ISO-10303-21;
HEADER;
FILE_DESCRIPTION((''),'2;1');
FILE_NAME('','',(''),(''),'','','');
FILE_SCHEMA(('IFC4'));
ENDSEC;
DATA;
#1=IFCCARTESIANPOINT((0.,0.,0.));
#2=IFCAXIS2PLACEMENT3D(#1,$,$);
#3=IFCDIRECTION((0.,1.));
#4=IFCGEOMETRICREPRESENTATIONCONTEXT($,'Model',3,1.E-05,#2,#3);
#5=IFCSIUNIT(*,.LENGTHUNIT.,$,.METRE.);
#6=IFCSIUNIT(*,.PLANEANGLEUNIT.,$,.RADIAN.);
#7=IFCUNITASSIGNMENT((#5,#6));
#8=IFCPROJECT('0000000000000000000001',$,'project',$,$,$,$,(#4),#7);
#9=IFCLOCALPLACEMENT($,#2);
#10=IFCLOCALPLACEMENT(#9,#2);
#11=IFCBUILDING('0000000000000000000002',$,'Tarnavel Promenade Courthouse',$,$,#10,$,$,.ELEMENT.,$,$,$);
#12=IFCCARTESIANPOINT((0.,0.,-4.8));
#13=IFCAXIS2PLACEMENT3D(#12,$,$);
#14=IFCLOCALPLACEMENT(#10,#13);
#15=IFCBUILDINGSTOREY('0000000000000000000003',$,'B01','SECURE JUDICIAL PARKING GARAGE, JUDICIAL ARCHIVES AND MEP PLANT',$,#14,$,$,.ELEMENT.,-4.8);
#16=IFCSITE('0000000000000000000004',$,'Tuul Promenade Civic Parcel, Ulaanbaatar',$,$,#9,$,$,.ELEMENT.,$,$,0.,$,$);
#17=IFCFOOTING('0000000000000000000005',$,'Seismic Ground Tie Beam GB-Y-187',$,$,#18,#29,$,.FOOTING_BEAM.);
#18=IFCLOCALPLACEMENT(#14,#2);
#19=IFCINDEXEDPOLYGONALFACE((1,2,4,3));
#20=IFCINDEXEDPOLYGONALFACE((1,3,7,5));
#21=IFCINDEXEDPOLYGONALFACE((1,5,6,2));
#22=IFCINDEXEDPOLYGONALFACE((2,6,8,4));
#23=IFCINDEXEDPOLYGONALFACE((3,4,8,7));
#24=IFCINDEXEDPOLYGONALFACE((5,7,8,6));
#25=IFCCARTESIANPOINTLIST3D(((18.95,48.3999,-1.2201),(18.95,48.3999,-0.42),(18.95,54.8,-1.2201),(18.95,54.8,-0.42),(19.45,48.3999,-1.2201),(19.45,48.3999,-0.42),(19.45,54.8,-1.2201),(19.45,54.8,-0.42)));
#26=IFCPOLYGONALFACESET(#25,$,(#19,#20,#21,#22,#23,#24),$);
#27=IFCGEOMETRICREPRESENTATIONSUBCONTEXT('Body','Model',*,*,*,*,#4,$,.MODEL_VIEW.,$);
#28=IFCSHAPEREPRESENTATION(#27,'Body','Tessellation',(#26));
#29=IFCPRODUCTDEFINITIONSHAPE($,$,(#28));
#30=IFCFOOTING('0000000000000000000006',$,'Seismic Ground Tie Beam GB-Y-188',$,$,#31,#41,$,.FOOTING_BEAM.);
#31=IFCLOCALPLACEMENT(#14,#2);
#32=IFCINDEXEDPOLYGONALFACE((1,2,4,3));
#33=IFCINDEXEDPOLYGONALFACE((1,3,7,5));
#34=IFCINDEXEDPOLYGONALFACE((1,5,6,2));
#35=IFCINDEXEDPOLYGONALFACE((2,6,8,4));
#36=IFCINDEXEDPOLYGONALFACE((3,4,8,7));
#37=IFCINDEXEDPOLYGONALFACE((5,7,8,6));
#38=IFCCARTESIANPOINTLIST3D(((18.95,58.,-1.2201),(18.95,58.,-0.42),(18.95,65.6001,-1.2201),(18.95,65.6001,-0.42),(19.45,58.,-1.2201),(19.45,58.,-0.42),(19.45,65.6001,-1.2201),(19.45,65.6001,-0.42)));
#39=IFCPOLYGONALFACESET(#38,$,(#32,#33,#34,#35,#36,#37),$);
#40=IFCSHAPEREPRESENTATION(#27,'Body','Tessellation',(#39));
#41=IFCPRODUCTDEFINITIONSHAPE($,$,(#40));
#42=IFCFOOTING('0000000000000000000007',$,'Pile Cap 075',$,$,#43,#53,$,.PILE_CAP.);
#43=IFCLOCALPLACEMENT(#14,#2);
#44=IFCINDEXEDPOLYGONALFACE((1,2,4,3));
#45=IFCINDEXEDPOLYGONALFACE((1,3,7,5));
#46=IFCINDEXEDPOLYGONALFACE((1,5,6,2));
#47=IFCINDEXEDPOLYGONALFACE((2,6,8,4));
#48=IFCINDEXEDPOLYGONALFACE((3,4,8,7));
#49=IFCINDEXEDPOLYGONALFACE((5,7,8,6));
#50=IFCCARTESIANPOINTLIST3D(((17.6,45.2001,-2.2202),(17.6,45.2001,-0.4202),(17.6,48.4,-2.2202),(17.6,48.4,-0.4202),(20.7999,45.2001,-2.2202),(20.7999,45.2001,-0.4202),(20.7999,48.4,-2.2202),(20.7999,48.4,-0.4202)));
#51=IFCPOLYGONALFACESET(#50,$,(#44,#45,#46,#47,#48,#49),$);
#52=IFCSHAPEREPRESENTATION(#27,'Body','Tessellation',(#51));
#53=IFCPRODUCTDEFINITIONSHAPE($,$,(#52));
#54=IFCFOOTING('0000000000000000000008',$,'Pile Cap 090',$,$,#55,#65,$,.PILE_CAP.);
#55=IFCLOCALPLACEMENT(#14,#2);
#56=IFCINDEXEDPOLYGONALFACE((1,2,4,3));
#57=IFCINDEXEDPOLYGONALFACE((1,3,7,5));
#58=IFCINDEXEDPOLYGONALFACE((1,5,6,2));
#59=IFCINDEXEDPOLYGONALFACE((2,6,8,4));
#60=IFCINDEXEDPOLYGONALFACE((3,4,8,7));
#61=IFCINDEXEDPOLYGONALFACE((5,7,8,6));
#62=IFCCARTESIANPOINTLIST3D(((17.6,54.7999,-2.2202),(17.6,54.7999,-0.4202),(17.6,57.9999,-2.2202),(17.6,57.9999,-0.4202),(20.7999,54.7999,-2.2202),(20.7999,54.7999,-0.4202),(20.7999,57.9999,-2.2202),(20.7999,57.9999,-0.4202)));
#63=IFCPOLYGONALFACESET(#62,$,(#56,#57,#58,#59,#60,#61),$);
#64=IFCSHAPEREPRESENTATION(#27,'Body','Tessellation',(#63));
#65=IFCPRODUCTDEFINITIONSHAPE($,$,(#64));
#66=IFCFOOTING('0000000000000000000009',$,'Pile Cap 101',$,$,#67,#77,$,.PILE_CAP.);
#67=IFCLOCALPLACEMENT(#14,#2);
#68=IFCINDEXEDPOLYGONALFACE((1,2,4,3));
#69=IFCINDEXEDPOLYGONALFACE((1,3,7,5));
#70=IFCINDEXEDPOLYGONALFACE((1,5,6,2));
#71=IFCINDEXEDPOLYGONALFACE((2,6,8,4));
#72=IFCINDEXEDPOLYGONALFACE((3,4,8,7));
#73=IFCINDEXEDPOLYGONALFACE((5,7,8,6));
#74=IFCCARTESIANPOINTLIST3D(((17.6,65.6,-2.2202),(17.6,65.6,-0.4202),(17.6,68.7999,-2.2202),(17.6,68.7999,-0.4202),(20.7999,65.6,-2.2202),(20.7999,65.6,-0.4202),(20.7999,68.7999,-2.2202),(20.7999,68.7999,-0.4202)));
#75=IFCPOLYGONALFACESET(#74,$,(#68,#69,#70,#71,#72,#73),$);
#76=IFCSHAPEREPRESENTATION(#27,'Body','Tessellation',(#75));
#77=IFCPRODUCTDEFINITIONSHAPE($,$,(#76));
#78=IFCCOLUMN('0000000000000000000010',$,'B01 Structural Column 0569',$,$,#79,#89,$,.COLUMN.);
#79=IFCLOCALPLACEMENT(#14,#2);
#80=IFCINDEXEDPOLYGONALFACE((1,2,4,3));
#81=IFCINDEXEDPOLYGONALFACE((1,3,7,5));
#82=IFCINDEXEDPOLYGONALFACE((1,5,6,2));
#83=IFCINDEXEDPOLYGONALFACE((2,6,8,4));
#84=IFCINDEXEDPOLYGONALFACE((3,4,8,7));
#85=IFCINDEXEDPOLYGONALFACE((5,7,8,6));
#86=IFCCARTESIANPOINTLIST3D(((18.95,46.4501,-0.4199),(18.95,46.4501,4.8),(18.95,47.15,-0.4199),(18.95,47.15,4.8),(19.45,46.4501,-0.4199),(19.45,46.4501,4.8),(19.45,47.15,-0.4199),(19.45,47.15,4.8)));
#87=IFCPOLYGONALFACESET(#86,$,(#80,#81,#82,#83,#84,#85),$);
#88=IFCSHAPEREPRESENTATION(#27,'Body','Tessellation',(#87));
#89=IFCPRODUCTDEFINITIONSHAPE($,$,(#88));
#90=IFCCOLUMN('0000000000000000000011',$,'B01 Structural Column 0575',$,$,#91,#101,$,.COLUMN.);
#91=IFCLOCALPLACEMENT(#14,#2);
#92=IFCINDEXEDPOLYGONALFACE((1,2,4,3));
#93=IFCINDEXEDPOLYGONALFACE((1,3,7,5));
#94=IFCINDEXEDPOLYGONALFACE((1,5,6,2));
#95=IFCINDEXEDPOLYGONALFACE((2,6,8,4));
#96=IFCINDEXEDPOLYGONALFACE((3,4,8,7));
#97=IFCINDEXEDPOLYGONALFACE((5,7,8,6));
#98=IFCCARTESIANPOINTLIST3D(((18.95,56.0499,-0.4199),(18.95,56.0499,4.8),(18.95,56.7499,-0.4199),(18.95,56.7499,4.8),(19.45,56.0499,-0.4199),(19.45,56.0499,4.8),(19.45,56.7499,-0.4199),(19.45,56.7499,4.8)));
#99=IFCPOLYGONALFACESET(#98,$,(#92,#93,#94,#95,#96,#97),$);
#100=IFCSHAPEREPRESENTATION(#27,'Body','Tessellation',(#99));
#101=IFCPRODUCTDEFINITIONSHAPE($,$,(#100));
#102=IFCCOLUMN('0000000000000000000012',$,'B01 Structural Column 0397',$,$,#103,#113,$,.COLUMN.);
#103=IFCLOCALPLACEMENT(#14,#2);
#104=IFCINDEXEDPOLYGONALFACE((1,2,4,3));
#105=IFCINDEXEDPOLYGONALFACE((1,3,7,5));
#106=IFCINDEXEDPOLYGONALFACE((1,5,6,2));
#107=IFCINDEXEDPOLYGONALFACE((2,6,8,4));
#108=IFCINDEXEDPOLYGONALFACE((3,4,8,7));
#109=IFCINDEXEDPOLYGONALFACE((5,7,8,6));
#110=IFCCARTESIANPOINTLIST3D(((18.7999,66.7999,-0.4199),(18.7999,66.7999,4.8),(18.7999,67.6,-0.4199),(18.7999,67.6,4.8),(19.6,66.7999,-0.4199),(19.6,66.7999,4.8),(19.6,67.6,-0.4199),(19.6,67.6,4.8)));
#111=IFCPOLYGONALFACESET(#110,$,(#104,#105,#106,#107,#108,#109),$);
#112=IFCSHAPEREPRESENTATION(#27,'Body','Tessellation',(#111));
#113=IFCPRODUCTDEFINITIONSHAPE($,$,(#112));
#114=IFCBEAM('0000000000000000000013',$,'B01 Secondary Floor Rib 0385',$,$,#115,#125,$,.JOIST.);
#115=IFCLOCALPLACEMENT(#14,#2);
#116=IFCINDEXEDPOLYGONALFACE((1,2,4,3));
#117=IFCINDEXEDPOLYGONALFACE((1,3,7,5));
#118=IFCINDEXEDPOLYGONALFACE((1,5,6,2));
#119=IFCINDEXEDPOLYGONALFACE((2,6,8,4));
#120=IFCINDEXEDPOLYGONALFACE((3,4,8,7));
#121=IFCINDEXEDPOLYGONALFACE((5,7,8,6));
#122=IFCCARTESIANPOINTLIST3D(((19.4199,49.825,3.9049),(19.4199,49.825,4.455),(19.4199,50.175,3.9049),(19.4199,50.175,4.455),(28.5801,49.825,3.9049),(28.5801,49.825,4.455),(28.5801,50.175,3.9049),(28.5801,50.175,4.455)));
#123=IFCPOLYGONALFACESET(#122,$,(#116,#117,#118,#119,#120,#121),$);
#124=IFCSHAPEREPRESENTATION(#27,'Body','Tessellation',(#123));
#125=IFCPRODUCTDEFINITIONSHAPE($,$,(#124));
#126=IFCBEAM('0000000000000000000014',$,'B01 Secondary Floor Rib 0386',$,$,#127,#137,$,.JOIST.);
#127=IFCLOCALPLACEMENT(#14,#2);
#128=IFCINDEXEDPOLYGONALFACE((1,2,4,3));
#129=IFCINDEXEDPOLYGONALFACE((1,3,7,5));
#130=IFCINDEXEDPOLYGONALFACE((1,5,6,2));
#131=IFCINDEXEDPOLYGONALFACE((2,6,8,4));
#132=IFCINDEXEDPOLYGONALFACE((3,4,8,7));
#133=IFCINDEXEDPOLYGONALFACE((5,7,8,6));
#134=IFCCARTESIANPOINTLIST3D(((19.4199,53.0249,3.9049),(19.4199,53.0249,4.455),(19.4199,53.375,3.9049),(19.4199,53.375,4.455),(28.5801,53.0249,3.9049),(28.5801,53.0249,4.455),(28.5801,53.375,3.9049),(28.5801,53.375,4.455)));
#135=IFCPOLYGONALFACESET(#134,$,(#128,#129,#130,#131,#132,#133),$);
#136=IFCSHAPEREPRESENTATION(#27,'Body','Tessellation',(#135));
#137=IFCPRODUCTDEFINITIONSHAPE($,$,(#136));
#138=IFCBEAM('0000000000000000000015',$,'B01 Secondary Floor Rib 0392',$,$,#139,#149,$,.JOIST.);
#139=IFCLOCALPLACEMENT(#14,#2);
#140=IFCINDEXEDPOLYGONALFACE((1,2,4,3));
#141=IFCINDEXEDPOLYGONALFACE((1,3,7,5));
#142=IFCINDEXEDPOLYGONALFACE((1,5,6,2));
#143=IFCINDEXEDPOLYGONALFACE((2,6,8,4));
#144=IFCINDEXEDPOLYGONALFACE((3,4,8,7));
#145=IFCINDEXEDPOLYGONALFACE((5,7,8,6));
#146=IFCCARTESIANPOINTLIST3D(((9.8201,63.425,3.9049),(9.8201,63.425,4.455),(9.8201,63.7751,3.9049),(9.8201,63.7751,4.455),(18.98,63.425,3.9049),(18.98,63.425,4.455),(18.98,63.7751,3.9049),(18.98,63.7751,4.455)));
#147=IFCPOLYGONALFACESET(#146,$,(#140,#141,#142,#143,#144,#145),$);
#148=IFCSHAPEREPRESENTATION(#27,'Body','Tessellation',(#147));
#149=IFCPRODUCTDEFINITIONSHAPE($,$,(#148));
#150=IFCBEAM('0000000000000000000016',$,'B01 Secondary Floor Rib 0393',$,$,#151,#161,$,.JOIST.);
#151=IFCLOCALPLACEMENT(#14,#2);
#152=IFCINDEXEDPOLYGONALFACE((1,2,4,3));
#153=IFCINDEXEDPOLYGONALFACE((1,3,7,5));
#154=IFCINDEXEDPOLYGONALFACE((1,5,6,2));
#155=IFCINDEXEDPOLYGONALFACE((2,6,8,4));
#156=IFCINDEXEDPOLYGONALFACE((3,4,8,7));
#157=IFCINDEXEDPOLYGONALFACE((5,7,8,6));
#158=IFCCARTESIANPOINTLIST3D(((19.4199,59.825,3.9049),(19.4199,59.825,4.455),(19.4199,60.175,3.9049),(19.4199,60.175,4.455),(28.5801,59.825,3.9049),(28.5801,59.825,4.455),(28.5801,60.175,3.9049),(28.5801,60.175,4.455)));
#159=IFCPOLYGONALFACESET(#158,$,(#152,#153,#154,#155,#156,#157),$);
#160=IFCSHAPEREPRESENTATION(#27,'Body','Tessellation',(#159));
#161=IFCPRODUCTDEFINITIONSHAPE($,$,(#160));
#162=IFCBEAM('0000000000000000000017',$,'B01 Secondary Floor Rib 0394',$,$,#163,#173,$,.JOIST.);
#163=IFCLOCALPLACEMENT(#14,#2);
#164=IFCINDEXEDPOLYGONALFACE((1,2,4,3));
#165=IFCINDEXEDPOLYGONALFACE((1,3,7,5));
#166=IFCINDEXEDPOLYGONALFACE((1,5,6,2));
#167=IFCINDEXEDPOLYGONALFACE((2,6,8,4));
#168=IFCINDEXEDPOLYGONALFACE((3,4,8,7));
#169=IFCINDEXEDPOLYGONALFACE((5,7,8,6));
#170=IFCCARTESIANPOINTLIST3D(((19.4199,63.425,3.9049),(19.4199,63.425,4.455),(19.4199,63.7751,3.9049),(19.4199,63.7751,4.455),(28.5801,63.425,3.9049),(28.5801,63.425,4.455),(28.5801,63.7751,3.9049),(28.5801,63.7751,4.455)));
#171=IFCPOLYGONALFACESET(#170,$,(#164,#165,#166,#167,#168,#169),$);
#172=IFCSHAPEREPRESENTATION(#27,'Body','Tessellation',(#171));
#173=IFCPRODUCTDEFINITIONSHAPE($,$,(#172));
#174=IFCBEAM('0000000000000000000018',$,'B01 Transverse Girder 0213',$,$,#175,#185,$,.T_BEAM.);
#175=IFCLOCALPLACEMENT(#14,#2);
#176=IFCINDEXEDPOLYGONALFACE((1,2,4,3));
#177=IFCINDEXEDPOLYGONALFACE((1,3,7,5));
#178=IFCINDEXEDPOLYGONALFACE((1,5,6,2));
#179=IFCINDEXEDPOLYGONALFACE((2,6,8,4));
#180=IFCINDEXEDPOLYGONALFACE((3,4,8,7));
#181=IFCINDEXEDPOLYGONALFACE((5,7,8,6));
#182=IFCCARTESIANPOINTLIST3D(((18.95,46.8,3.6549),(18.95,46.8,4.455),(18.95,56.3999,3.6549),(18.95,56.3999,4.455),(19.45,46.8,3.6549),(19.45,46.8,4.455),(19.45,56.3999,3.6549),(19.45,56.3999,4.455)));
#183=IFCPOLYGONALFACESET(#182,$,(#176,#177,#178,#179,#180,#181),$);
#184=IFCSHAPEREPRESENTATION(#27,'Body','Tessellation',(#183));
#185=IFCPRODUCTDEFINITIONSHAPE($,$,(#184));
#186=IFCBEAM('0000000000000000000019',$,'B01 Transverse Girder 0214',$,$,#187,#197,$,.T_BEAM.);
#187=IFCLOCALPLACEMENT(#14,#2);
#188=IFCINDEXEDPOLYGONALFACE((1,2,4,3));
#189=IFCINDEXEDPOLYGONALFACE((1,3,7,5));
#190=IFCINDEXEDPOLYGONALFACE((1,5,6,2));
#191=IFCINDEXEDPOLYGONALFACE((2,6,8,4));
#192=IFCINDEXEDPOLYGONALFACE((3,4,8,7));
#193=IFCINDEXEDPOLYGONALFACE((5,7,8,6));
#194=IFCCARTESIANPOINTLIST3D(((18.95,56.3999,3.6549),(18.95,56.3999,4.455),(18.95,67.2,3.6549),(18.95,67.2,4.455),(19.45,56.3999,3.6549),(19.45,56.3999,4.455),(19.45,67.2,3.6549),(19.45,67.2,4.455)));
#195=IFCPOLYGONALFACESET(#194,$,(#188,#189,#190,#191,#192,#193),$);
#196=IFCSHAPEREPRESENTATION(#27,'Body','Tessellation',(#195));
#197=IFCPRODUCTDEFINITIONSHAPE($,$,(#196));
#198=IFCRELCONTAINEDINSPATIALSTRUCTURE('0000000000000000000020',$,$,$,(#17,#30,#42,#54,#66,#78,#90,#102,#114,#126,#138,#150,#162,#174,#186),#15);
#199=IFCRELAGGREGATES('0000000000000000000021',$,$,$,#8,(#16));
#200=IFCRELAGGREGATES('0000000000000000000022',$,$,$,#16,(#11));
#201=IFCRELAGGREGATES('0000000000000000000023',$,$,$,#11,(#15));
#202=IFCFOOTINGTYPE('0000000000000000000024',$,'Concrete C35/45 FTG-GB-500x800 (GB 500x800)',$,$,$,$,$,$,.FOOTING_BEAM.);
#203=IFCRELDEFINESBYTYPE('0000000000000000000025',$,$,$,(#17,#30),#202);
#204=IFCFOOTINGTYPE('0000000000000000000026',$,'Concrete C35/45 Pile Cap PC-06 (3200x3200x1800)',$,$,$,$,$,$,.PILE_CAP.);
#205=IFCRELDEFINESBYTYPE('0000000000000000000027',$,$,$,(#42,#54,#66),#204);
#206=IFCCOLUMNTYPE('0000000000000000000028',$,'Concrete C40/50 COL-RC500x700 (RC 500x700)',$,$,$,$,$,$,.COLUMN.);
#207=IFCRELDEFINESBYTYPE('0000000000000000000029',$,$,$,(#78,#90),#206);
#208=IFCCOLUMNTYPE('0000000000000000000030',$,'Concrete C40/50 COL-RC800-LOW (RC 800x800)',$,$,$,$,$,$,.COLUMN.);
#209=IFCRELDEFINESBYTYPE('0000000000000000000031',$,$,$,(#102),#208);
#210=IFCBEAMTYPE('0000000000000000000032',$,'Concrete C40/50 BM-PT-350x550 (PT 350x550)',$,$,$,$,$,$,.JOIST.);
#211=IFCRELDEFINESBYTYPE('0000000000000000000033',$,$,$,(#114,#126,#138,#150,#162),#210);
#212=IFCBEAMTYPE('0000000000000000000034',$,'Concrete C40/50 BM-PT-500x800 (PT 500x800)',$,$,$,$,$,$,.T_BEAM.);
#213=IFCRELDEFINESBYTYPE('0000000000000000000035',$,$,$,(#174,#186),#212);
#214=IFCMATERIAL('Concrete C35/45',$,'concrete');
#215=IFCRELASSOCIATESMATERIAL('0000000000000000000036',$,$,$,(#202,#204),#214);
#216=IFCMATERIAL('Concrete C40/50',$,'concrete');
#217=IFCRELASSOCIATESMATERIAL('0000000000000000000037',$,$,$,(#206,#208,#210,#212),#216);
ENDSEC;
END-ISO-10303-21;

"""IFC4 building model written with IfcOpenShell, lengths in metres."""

from ifc_helpers import new_model, si_unit, direction, frame, origin, origin_2d, place, context, subcontext, project, spatial, rectangle, extrude, material, material_profile, profile_set, type_object, element, save


model = new_model("IFC4")

# Units and contexts
model_context = context("Model", 3, precision=1e-05, world=origin(), true_north=direction((0.0, 1.0)))
body_context = subcontext(model_context, "Body", "Model", "MODEL_VIEW")
ifc_project = project(units=[si_unit("LENGTHUNIT", "METRE"), si_unit("PLANEANGLEUNIT", "RADIAN")], contexts=[model_context])

# Site, building, storey
site_placement = place(None, origin())
site = spatial("IfcSite", under=ifc_project, at=site_placement, Name="Tuul Promenade Civic Parcel, Ulaanbaatar", CompositionType="ELEMENT", RefElevation=0.0)
building_placement = place(site_placement, origin())
building = spatial("IfcBuilding", under=site, at=building_placement, Name="Tarnavel Promenade Courthouse", CompositionType="ELEMENT")
storey_placement = place(building_placement, frame((0.0, 0.0, -4.8)))
storey = spatial("IfcBuildingStorey", under=building, at=storey_placement, Name="B01", Description="SECURE JUDICIAL PARKING GARAGE, JUDICIAL ARCHIVES AND MEP PLANT", CompositionType="ELEMENT", Elevation=-4.8)

# Footings
ifc_material_1 = material(Name="Concrete C35/45", Category="concrete")
ifc_material_profile_1 = material_profile(ifc_material_1, rectangle(XDim=0.5, YDim=0.8, at=origin_2d()), Name="GB 500x800")
ifc_profile_set_1 = profile_set([ifc_material_profile_1], Name="Concrete C35/45")
footing_type_1 = type_object("IfcFootingType", Name="Concrete C35/45 FTG-GB-500x800 (GB 500x800)", PredefinedType="FOOTING_BEAM", material=ifc_profile_set_1)
footing_1_placement = place(storey_placement, frame((19.2, 48.3999, -0.8201), z_axis=(0.0, 1.0, 0.0), x_axis=(-1.0, 0.0, 0.0)))
element("IfcFooting", 1, at=footing_1_placement, inside=storey, type_object=footing_type_1, Name="Seismic Ground Tie Beam GB-Y-187", PredefinedType="FOOTING_BEAM", context=body_context, shape_type="SweptSolid", body=[
    extrude(rectangle(XDim=0.5, YDim=0.8, at=origin_2d()), origin(), (0.0, 0.0, 1.0), 6.4001),
])
footing_2_placement = place(storey_placement, frame((19.2, 58.0, -0.8201), z_axis=(0.0, 1.0, 0.0), x_axis=(-1.0, 0.0, 0.0)))
element("IfcFooting", 2, at=footing_2_placement, inside=storey, type_object=footing_type_1, Name="Seismic Ground Tie Beam GB-Y-188", PredefinedType="FOOTING_BEAM", context=body_context, shape_type="SweptSolid", body=[
    extrude(rectangle(XDim=0.5, YDim=0.8, at=origin_2d()), origin(), (0.0, 0.0, 1.0), 7.6001),
])
footing_type_2 = type_object("IfcFootingType", Name="Concrete C35/45 Pile Cap PC-06 (3200x3200x1800)", PredefinedType="PILE_CAP", material=ifc_material_1)
for number, where, z_axis, x_axis, name in (
    (3, (19.2, 46.8, -2.2202), (0.0, 0.0, 1.0), (1.0, 0.0, 0.0), "Pile Cap 075"),
    (4, (19.2, 56.3999, -2.2202), (0.0, 0.0, 1.0), (1.0, 0.0, 0.0), "Pile Cap 090"),
    (5, (19.2, 67.2, -2.2202), (0.0, 0.0, 1.0), (1.0, 0.0, 0.0), "Pile Cap 101"),
):
    element("IfcFooting", number, at=place(storey_placement, frame(where, z_axis=z_axis, x_axis=x_axis)), inside=storey, type_object=footing_type_2, Name=name, PredefinedType="PILE_CAP", context=body_context, shape_type="SweptSolid", body=[
        extrude(rectangle(XDim=3.2, YDim=3.2, at=origin_2d()), origin(), (0.0, 0.0, 1.0), 1.8),
    ])

# Columns
ifc_material_2 = material(Name="Concrete C40/50", Category="concrete")
ifc_material_profile_2 = material_profile(ifc_material_2, rectangle(XDim=0.5, YDim=0.7, at=origin_2d()), Name="RC 500x700")
ifc_profile_set_2 = profile_set([ifc_material_profile_2], Name="Concrete C40/50")
column_type_1 = type_object("IfcColumnType", Name="Concrete C40/50 COL-RC500x700 (RC 500x700)", PredefinedType="COLUMN", material=ifc_profile_set_2)
for number, where, z_axis, x_axis, name in (
    (6, (19.2, 46.8, -0.4199), (0.0, 0.0, 1.0), (1.0, 0.0, 0.0), "B01 Structural Column 0569"),
    (7, (19.2, 56.3999, -0.4199), (0.0, 0.0, 1.0), (1.0, 0.0, 0.0), "B01 Structural Column 0575"),
):
    element("IfcColumn", number, at=place(storey_placement, frame(where, z_axis=z_axis, x_axis=x_axis)), inside=storey, type_object=column_type_1, Name=name, PredefinedType="COLUMN", context=body_context, shape_type="SweptSolid", body=[
        extrude(rectangle(XDim=0.5, YDim=0.7, at=origin_2d()), origin(), (0.0, 0.0, 1.0), 5.22),
    ])
ifc_material_profile_3 = material_profile(ifc_material_2, rectangle(XDim=0.8, YDim=0.8, at=origin_2d()), Name="RC 800x800")
ifc_profile_set_3 = profile_set([ifc_material_profile_3], Name="Concrete C40/50")
column_type_2 = type_object("IfcColumnType", Name="Concrete C40/50 COL-RC800-LOW (RC 800x800)", PredefinedType="COLUMN", material=ifc_profile_set_3)
column_placement = place(storey_placement, frame((19.2, 67.2, -0.4199), z_axis=(0.0, 0.0, 1.0), x_axis=(1.0, 0.0, 0.0)))
element("IfcColumn", 8, at=column_placement, inside=storey, type_object=column_type_2, Name="B01 Structural Column 0397", PredefinedType="COLUMN", context=body_context, shape_type="SweptSolid", body=[
    extrude(rectangle(XDim=0.8, YDim=0.8, at=origin_2d()), origin(), (0.0, 0.0, 1.0), 5.22),
])

# Beams
ifc_material_profile_4 = material_profile(ifc_material_2, rectangle(XDim=0.3501, YDim=0.55, at=origin_2d()), Name="PT 350x550")
ifc_profile_set_4 = profile_set([ifc_material_profile_4], Name="Concrete C40/50")
beam_type_1 = type_object("IfcBeamType", Name="Concrete C40/50 BM-PT-350x550 (PT 350x550)", PredefinedType="JOIST", material=ifc_profile_set_4)
for number, where, z_axis, x_axis, name in (
    (9, (19.4199, 50.0, 4.1799), (1.0, 0.0, 0.0), (0.0, 1.0, 0.0), "B01 Secondary Floor Rib 0385"),
    (10, (19.4199, 53.2, 4.1799), (1.0, 0.0, 0.0), (0.0, 1.0, 0.0), "B01 Secondary Floor Rib 0386"),
):
    element("IfcBeam", number, at=place(storey_placement, frame(where, z_axis=z_axis, x_axis=x_axis)), inside=storey, type_object=beam_type_1, Name=name, PredefinedType="JOIST", context=body_context, shape_type="SweptSolid", body=[
        extrude(rectangle(XDim=0.3501, YDim=0.55, at=origin_2d()), origin(), (0.0, 0.0, 1.0), 9.1602),
    ])
beam_1_placement = place(storey_placement, frame((9.8201, 63.6001, 4.1799), z_axis=(1.0, 0.0, 0.0), x_axis=(0.0, 1.0, 0.0)))
element("IfcBeam", 11, at=beam_1_placement, inside=storey, type_object=beam_type_1, Name="B01 Secondary Floor Rib 0392", PredefinedType="JOIST", context=body_context, shape_type="SweptSolid", body=[
    extrude(rectangle(XDim=0.3501, YDim=0.55, at=origin_2d()), origin(), (0.0, 0.0, 1.0), 9.1599),
])
for number, where, z_axis, x_axis, name in (
    (12, (19.4199, 60.0, 4.1799), (1.0, 0.0, 0.0), (0.0, 1.0, 0.0), "B01 Secondary Floor Rib 0393"),
    (13, (19.4199, 63.6001, 4.1799), (1.0, 0.0, 0.0), (0.0, 1.0, 0.0), "B01 Secondary Floor Rib 0394"),
):
    element("IfcBeam", number, at=place(storey_placement, frame(where, z_axis=z_axis, x_axis=x_axis)), inside=storey, type_object=beam_type_1, Name=name, PredefinedType="JOIST", context=body_context, shape_type="SweptSolid", body=[
        extrude(rectangle(XDim=0.3501, YDim=0.55, at=origin_2d()), origin(), (0.0, 0.0, 1.0), 9.1602),
    ])
ifc_material_profile_5 = material_profile(ifc_material_2, rectangle(XDim=0.5, YDim=0.8, at=origin_2d()), Name="PT 500x800")
ifc_profile_set_5 = profile_set([ifc_material_profile_5], Name="Concrete C40/50")
beam_type_2 = type_object("IfcBeamType", Name="Concrete C40/50 BM-PT-500x800 (PT 500x800)", PredefinedType="T_BEAM", material=ifc_profile_set_5)
beam_2_placement = place(storey_placement, frame((19.2, 46.8, 4.0549), z_axis=(0.0, 1.0, 0.0), x_axis=(-1.0, 0.0, 0.0)))
element("IfcBeam", 14, at=beam_2_placement, inside=storey, type_object=beam_type_2, Name="B01 Transverse Girder 0213", PredefinedType="T_BEAM", context=body_context, shape_type="SweptSolid", body=[
    extrude(rectangle(XDim=0.5, YDim=0.8, at=origin_2d()), origin(), (0.0, 0.0, 1.0), 9.5999),
])
beam_3_placement = place(storey_placement, frame((19.2, 56.3999, 4.0549), z_axis=(0.0, 1.0, 0.0), x_axis=(-1.0, 0.0, 0.0)))
element("IfcBeam", 15, at=beam_3_placement, inside=storey, type_object=beam_type_2, Name="B01 Transverse Girder 0214", PredefinedType="T_BEAM", context=body_context, shape_type="SweptSolid", body=[
    extrude(rectangle(XDim=0.5, YDim=0.8, at=origin_2d()), origin(), (0.0, 0.0, 1.0), 10.8),
])

save(model, "model.ifc")
